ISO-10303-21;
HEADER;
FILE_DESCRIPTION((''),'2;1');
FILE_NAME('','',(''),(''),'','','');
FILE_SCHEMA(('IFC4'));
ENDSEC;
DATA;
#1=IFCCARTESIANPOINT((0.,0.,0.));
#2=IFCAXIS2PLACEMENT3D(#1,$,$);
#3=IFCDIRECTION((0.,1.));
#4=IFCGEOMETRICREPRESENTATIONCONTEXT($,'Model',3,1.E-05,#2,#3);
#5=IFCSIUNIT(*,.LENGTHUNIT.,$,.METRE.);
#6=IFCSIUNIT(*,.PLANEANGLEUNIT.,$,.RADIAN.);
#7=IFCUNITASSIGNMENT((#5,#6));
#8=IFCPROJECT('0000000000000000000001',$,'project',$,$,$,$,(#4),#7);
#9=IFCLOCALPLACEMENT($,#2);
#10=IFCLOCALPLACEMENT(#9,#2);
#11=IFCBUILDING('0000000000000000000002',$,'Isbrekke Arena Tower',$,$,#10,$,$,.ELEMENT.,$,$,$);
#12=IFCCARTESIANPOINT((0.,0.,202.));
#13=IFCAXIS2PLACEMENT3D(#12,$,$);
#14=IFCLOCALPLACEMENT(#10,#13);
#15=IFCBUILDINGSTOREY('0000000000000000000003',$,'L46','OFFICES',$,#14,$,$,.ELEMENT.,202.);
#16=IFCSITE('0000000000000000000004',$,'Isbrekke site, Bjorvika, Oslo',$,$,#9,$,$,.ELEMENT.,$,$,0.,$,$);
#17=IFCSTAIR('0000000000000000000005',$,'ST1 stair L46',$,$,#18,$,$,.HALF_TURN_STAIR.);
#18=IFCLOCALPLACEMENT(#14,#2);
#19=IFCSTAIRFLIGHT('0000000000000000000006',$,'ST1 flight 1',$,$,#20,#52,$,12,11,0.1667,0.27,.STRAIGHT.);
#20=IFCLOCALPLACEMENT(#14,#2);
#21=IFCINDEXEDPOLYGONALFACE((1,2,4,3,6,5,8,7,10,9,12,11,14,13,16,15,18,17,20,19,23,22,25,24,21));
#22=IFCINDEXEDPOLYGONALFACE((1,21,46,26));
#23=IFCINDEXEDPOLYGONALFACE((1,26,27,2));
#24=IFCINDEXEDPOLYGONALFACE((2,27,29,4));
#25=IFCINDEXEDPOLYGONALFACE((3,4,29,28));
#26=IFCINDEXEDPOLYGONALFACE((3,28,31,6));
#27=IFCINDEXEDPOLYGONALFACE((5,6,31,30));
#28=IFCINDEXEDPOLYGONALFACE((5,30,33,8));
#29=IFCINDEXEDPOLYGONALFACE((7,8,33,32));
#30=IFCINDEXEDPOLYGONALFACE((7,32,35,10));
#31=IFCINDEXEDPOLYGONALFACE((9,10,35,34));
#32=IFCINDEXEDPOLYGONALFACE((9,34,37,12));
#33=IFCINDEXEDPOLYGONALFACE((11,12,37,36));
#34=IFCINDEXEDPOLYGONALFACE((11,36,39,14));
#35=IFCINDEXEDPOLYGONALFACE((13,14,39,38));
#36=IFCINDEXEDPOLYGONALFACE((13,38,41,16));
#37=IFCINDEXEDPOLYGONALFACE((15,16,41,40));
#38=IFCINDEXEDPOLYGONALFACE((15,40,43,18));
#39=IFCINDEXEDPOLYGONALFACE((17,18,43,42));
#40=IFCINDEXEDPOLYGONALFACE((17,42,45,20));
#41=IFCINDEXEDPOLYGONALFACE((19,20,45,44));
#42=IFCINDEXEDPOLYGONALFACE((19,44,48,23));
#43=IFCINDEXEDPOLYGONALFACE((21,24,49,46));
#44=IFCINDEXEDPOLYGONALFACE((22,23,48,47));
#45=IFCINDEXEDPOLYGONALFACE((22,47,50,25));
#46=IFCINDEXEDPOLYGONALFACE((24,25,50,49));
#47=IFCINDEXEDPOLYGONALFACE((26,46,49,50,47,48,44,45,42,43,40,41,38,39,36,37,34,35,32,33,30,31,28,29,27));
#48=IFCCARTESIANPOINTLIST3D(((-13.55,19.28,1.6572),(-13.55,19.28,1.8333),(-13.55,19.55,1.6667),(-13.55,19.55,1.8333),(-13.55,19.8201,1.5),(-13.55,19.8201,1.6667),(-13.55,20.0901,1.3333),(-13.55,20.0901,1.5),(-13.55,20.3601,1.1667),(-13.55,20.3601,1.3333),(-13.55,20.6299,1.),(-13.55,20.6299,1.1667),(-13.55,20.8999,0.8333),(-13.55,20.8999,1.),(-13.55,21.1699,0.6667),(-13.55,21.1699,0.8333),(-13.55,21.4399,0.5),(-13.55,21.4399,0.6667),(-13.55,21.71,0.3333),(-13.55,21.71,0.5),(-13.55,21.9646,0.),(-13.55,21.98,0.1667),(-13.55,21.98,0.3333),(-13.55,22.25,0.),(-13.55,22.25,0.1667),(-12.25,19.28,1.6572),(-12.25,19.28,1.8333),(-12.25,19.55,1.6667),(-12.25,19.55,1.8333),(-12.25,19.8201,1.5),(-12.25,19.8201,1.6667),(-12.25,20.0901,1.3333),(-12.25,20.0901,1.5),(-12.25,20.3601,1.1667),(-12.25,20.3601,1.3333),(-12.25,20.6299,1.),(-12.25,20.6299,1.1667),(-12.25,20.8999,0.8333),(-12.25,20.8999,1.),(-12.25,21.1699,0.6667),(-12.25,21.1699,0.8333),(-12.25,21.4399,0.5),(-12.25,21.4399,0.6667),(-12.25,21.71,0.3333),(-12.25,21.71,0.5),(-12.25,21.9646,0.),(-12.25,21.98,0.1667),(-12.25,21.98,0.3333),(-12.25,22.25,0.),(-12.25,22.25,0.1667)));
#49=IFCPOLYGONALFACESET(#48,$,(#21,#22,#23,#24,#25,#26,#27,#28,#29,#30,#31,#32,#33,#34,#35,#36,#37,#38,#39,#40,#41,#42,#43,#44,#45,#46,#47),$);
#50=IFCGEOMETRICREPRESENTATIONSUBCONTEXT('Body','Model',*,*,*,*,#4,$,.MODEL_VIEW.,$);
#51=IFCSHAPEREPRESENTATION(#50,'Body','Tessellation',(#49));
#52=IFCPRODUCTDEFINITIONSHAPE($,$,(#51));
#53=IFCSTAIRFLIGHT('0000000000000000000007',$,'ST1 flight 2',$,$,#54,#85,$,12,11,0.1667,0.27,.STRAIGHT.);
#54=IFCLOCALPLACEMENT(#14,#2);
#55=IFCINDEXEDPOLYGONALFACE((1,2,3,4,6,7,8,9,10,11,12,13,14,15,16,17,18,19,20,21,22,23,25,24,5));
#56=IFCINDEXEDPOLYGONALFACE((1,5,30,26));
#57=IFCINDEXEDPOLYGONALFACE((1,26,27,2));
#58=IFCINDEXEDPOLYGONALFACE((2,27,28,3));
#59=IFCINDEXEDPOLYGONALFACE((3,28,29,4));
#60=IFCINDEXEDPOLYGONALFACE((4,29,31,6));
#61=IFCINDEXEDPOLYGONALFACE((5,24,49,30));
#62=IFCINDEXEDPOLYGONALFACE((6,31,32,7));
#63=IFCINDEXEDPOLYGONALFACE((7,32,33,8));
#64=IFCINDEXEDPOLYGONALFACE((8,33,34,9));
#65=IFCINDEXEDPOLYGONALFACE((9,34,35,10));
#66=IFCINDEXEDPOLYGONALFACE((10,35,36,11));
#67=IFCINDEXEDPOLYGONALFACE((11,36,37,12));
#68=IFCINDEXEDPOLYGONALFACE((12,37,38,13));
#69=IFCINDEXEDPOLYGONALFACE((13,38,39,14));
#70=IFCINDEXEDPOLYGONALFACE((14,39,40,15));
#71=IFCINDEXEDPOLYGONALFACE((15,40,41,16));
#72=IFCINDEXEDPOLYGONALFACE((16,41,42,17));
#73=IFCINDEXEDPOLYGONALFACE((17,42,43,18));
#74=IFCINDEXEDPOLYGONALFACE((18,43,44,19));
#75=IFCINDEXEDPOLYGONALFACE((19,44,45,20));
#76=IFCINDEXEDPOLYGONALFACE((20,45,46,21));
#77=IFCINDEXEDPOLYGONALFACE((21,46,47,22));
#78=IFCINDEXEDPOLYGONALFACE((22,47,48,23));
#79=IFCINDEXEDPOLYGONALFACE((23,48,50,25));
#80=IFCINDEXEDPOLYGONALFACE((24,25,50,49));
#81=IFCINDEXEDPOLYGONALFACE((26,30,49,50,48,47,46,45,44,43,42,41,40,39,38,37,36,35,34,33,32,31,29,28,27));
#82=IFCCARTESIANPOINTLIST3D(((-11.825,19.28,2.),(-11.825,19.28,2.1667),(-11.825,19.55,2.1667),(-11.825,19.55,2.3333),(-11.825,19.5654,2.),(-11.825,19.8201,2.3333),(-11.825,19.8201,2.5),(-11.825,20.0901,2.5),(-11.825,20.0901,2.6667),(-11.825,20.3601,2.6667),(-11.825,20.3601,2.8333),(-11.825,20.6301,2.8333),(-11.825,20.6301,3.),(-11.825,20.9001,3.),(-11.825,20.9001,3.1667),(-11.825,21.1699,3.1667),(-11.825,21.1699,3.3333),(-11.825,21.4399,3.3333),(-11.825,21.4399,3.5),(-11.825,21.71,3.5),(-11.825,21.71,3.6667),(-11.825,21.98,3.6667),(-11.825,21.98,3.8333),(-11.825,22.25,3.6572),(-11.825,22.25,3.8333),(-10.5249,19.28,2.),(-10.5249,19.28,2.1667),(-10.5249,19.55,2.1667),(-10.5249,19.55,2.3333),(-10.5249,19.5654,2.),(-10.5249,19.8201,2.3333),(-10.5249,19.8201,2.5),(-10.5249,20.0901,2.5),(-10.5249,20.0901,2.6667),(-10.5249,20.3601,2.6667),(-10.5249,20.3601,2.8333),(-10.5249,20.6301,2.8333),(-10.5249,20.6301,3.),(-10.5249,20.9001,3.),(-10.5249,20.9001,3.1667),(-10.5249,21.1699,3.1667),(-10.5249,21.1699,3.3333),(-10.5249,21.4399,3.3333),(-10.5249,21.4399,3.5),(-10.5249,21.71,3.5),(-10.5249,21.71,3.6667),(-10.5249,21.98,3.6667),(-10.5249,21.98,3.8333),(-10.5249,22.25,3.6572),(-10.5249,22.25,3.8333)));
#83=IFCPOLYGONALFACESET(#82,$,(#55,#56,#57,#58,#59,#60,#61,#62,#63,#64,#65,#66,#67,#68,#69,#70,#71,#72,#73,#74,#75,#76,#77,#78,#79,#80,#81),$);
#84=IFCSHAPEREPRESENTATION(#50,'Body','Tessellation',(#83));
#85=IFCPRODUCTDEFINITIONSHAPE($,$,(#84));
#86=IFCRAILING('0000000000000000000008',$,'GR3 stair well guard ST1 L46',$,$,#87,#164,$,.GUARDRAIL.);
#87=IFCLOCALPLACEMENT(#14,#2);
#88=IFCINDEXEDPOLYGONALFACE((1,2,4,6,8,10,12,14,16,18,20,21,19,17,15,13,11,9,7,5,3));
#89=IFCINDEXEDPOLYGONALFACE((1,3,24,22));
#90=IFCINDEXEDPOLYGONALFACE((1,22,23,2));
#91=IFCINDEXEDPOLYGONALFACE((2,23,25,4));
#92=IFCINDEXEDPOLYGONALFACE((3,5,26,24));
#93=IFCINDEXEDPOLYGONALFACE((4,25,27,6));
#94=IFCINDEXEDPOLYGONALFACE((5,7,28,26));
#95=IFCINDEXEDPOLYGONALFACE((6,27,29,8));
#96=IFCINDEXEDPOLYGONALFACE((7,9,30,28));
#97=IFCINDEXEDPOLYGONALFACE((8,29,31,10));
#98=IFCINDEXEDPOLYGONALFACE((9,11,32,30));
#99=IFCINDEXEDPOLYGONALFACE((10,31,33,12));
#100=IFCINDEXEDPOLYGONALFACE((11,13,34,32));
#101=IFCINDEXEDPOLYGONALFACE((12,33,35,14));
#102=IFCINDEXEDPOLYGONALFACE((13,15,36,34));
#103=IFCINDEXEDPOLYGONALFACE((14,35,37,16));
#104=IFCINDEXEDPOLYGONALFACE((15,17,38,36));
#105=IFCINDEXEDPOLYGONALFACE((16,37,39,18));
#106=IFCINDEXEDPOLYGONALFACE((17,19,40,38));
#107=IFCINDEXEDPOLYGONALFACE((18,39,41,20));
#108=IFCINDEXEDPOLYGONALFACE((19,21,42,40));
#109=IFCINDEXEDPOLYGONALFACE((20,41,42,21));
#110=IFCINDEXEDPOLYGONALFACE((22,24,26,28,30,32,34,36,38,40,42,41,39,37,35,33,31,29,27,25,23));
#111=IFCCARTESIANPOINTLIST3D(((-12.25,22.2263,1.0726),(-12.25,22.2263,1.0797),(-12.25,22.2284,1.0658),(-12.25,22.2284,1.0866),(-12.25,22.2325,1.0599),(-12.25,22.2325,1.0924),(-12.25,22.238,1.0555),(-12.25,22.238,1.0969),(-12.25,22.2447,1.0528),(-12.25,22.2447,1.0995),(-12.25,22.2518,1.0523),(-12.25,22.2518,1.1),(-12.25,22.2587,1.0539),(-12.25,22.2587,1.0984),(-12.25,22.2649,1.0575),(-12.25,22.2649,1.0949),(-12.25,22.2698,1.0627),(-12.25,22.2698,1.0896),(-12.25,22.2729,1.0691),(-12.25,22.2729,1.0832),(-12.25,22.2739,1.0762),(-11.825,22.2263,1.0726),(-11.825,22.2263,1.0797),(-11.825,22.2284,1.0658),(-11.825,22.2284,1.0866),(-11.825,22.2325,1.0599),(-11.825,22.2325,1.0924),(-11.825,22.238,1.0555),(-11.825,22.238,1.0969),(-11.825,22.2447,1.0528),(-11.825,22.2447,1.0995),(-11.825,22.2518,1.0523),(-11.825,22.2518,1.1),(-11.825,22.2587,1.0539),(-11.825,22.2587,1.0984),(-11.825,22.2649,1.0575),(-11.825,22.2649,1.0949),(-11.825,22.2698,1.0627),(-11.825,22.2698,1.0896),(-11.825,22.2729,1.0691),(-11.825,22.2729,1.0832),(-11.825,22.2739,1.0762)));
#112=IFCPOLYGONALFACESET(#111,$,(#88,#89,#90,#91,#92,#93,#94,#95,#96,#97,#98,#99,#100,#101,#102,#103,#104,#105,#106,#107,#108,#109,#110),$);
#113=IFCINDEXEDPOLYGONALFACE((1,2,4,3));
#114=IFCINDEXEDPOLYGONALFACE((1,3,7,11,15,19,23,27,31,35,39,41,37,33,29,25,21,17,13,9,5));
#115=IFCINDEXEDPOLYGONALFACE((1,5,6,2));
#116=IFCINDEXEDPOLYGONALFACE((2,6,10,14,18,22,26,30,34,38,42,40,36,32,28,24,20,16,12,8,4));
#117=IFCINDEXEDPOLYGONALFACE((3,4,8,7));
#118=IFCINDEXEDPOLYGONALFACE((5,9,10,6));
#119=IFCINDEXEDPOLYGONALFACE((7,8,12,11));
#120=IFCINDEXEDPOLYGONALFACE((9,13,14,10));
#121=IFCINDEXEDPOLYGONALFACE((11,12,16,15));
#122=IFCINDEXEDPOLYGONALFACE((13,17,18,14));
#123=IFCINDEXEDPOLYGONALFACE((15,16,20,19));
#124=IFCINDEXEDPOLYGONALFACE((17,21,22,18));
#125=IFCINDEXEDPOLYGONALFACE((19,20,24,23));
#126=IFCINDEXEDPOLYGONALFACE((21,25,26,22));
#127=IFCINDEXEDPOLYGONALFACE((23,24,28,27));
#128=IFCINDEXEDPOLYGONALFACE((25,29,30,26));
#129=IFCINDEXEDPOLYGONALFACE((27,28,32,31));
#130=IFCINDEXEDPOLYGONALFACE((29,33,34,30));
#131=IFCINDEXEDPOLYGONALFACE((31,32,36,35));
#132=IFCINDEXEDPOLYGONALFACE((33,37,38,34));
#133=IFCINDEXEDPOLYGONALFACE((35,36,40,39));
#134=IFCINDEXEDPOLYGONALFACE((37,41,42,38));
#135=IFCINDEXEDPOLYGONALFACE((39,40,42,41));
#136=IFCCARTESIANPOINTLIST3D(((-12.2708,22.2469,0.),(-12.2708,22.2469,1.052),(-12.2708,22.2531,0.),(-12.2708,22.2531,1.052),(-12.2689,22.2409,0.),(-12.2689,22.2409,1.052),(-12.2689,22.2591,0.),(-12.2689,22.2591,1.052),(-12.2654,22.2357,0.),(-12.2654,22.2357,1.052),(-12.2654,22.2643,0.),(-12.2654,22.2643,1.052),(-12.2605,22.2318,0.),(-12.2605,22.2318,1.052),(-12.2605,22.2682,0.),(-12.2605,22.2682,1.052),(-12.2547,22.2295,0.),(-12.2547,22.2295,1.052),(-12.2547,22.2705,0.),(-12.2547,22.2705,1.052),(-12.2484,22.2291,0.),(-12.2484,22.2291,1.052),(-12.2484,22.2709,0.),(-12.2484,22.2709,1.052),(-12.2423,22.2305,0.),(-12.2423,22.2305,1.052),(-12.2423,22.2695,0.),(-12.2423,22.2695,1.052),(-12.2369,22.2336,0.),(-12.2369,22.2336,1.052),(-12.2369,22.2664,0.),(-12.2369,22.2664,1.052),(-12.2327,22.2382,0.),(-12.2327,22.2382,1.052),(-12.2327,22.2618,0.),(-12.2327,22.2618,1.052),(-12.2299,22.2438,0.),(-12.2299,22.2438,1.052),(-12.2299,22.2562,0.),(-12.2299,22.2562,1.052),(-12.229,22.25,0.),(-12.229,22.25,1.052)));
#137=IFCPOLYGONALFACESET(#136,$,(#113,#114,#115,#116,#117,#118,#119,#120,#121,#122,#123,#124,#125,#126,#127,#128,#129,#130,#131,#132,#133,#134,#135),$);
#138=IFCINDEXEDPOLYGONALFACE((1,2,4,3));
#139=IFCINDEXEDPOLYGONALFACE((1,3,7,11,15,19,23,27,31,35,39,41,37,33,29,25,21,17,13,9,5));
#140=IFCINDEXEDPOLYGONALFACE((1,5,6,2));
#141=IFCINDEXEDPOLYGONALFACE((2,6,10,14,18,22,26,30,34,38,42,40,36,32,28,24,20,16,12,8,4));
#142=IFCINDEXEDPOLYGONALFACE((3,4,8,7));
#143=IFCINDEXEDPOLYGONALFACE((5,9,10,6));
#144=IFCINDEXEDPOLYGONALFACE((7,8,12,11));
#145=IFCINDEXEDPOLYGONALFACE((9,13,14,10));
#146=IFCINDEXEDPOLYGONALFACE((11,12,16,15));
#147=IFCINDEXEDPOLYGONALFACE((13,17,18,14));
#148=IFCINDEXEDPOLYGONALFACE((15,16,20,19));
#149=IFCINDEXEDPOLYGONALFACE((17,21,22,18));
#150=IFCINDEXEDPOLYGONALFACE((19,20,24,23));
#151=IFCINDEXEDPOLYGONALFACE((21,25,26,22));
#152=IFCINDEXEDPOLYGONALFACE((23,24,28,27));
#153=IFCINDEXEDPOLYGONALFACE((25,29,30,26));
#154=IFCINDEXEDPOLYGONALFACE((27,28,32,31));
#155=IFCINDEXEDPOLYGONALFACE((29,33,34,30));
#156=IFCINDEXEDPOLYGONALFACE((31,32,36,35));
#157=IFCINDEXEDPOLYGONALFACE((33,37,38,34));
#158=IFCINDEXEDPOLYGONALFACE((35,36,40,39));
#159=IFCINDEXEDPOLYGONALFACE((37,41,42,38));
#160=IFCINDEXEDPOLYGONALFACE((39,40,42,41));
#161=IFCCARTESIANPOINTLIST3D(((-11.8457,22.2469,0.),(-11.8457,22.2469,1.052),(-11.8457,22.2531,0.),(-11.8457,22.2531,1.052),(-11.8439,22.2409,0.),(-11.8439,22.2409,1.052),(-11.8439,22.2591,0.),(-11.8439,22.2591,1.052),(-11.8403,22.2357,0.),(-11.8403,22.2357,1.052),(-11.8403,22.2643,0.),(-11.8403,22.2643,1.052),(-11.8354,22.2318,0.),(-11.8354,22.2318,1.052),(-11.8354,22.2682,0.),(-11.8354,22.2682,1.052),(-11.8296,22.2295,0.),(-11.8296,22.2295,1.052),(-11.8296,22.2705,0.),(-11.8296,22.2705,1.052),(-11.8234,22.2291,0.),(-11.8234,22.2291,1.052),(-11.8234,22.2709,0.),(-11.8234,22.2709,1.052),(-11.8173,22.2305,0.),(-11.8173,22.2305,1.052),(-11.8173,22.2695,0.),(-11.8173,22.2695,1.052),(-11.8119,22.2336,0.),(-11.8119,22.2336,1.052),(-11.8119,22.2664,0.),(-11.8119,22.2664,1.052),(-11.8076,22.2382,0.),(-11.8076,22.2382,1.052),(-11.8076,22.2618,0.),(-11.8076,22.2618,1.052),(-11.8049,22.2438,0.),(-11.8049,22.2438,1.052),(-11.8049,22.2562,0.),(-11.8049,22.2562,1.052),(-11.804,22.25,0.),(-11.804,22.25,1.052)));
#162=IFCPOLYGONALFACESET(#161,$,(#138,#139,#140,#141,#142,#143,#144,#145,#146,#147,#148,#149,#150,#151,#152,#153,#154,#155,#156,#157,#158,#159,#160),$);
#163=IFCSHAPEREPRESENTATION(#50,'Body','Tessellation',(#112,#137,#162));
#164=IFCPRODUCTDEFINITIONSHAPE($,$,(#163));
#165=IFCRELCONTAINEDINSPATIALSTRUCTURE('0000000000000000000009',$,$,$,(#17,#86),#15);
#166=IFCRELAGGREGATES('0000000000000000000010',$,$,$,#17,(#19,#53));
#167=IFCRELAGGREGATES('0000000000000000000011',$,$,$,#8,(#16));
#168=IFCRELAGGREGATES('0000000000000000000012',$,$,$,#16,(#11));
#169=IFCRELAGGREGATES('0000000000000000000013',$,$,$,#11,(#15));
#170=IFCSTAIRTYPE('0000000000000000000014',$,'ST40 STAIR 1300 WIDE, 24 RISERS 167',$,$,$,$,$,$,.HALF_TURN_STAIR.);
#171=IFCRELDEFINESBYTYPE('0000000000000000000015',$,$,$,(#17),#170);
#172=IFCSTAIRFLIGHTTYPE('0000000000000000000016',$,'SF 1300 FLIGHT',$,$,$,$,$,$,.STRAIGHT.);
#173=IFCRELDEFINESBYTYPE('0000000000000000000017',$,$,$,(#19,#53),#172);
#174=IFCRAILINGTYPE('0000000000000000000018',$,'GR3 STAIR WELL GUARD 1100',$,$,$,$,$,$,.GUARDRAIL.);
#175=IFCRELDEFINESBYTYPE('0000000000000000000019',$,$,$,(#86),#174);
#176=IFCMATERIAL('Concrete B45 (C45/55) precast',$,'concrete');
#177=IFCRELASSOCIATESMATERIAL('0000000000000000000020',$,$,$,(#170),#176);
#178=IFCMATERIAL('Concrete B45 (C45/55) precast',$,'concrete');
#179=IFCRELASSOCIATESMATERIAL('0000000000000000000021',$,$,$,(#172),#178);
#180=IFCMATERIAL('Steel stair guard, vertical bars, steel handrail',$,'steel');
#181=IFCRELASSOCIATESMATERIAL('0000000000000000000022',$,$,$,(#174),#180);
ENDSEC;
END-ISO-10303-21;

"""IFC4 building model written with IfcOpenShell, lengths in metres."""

from ifc_helpers import new_model, si_unit, direction, frame, origin, origin_2d, place, context, subcontext, project, spatial, polyline, circle, outline, extrude, material, type_object, element, aggregate, save


model = new_model("IFC4")

# Units and contexts
model_context = context("Model", 3, precision=1e-05, world=origin(), true_north=direction((0.0, 1.0)))
body_context = subcontext(model_context, "Body", "Model", "MODEL_VIEW")
ifc_project = project(units=[si_unit("LENGTHUNIT", "METRE"), si_unit("PLANEANGLEUNIT", "RADIAN")], contexts=[model_context])

# Site, building, storey
site_placement = place(None, origin())
site = spatial("IfcSite", under=ifc_project, at=site_placement, Name="Isbrekke site, Bjorvika, Oslo", CompositionType="ELEMENT", RefElevation=0.0)
building_placement = place(site_placement, origin())
building = spatial("IfcBuilding", under=site, at=building_placement, Name="Isbrekke Arena Tower", CompositionType="ELEMENT")
storey_placement = place(building_placement, frame((0.0, 0.0, 202.0)))
storey = spatial("IfcBuildingStorey", under=building, at=storey_placement, Name="L46", Description="OFFICES", CompositionType="ELEMENT", Elevation=202.0)

# Stair, stair flights
ifc_material_1 = material(Name="Concrete B45 (C45/55) precast", Category="concrete")
stair_type = type_object("IfcStairType", Name="ST40 STAIR 1300 WIDE, 24 RISERS 167", PredefinedType="HALF_TURN_STAIR", material=ifc_material_1)
stair_placement = place(storey_placement, origin())
stair = element("IfcStair", 1, at=stair_placement, inside=storey, type_object=stair_type, Name="ST1 stair L46", PredefinedType="HALF_TURN_STAIR")
ifc_material_2 = material(Name="Concrete B45 (C45/55) precast", Category="concrete")
stair_flight_type = type_object("IfcStairFlightType", Name="SF 1300 FLIGHT", PredefinedType="STRAIGHT", material=ifc_material_2)
stair_flight_1_placement = place(storey_placement, frame((-12.8999, 22.25, 0.0), z_axis=(0.0, 0.0, 1.0), x_axis=(0.0, -1.0, 0.0)))
stair_flight_1 = element("IfcStairFlight", 2, at=stair_flight_1_placement, type_object=stair_flight_type, Name="ST1 flight 1", NumberOfRisers=12, NumberOfTreads=11, PredefinedType="STRAIGHT", RiserHeight=0.1667, TreadLength=0.27, context=body_context, shape_type="SweptSolid", body=[
    extrude(outline(polyline([(0.0, 0.0), (0.0, 0.1667), (0.27, 0.1667), (0.27, 0.3333), (0.54, 0.3333), (0.54, 0.5), (0.8101, 0.5), (0.8101, 0.6667), (1.0801, 0.6667), (1.0801, 0.8333), (1.3501, 0.8333), (1.3501, 1.0), (1.6201, 1.0), (1.6201, 1.1667), (1.8899, 1.1667), (1.8899, 1.3333), (2.1599, 1.3333), (2.1599, 1.5), (2.4299, 1.5), (2.4299, 1.6667), (2.7, 1.6667), (2.7, 1.8333), (2.97, 1.8333), (2.97, 2.0), (2.97, 1.6572), (0.2854, 0.0), (0.0, 0.0)])), frame((0.0, 0.6499, 0.0), z_axis=(0.0, -1.0, 0.0), x_axis=(1.0, 0.0, 0.0)), (0.0, 0.0, 1.0), 1.3),
])
stair_flight_2_placement = place(storey_placement, frame((-11.175, 19.28, 2.0), z_axis=(0.0, 0.0, 1.0), x_axis=(0.0, 1.0, 0.0)))
stair_flight_2 = element("IfcStairFlight", 3, at=stair_flight_2_placement, type_object=stair_flight_type, Name="ST1 flight 2", NumberOfRisers=12, NumberOfTreads=11, PredefinedType="STRAIGHT", RiserHeight=0.1667, TreadLength=0.27, context=body_context, shape_type="SweptSolid", body=[
    extrude(outline(polyline([(0.0, 0.0), (0.0, 0.1667), (0.27, 0.1667), (0.27, 0.3333), (0.54, 0.3333), (0.54, 0.5), (0.8101, 0.5), (0.8101, 0.6667), (1.0801, 0.6667), (1.0801, 0.8333), (1.3501, 0.8333), (1.3501, 1.0), (1.6201, 1.0), (1.6201, 1.1667), (1.8899, 1.1667), (1.8899, 1.3333), (2.1599, 1.3333), (2.1599, 1.5), (2.4299, 1.5), (2.4299, 1.6667), (2.7, 1.6667), (2.7, 1.8333), (2.97, 1.8333), (2.97, 2.0), (2.97, 1.6572), (0.2854, 0.0), (0.0, 0.0)])), frame((0.0, 0.6499, 0.0), z_axis=(0.0, -1.0, 0.0), x_axis=(1.0, 0.0, 0.0)), (0.0, 0.0, 1.0), 1.3),
])
aggregate(stair, [stair_flight_1, stair_flight_2])

# Railing
ifc_material_3 = material(Name="Steel stair guard, vertical bars, steel handrail", Category="steel")
railing_type = type_object("IfcRailingType", Name="GR3 STAIR WELL GUARD 1100", PredefinedType="GUARDRAIL", material=ifc_material_3)
for number, where, name in (
    (4, (-12.25, 22.25, 0.0), "GR3 stair well guard ST1 L46"),
):
    element("IfcRailing", number, at=place(storey_placement, frame(where)), inside=storey, type_object=railing_type, Name=name, PredefinedType="GUARDRAIL", context=body_context, shape_type="SweptSolid", body=[
        extrude(circle(Radius=0.0239, at=origin_2d()), frame((0.0, 0.0, 1.0762), z_axis=(1.0, 0.0, 0.0), x_axis=(0.0, 1.0, 0.0)), (0.0, 0.0, 1.0), 0.425),
        extrude(circle(Radius=0.021, at=origin_2d()), origin(), (0.0, 0.0, 1.0), 1.052),
        extrude(circle(Radius=0.021, at=origin_2d()), frame((0.425, 0.0, 0.0)), (0.0, 0.0, 1.0), 1.052),
    ])

save(model, "model.ifc")
